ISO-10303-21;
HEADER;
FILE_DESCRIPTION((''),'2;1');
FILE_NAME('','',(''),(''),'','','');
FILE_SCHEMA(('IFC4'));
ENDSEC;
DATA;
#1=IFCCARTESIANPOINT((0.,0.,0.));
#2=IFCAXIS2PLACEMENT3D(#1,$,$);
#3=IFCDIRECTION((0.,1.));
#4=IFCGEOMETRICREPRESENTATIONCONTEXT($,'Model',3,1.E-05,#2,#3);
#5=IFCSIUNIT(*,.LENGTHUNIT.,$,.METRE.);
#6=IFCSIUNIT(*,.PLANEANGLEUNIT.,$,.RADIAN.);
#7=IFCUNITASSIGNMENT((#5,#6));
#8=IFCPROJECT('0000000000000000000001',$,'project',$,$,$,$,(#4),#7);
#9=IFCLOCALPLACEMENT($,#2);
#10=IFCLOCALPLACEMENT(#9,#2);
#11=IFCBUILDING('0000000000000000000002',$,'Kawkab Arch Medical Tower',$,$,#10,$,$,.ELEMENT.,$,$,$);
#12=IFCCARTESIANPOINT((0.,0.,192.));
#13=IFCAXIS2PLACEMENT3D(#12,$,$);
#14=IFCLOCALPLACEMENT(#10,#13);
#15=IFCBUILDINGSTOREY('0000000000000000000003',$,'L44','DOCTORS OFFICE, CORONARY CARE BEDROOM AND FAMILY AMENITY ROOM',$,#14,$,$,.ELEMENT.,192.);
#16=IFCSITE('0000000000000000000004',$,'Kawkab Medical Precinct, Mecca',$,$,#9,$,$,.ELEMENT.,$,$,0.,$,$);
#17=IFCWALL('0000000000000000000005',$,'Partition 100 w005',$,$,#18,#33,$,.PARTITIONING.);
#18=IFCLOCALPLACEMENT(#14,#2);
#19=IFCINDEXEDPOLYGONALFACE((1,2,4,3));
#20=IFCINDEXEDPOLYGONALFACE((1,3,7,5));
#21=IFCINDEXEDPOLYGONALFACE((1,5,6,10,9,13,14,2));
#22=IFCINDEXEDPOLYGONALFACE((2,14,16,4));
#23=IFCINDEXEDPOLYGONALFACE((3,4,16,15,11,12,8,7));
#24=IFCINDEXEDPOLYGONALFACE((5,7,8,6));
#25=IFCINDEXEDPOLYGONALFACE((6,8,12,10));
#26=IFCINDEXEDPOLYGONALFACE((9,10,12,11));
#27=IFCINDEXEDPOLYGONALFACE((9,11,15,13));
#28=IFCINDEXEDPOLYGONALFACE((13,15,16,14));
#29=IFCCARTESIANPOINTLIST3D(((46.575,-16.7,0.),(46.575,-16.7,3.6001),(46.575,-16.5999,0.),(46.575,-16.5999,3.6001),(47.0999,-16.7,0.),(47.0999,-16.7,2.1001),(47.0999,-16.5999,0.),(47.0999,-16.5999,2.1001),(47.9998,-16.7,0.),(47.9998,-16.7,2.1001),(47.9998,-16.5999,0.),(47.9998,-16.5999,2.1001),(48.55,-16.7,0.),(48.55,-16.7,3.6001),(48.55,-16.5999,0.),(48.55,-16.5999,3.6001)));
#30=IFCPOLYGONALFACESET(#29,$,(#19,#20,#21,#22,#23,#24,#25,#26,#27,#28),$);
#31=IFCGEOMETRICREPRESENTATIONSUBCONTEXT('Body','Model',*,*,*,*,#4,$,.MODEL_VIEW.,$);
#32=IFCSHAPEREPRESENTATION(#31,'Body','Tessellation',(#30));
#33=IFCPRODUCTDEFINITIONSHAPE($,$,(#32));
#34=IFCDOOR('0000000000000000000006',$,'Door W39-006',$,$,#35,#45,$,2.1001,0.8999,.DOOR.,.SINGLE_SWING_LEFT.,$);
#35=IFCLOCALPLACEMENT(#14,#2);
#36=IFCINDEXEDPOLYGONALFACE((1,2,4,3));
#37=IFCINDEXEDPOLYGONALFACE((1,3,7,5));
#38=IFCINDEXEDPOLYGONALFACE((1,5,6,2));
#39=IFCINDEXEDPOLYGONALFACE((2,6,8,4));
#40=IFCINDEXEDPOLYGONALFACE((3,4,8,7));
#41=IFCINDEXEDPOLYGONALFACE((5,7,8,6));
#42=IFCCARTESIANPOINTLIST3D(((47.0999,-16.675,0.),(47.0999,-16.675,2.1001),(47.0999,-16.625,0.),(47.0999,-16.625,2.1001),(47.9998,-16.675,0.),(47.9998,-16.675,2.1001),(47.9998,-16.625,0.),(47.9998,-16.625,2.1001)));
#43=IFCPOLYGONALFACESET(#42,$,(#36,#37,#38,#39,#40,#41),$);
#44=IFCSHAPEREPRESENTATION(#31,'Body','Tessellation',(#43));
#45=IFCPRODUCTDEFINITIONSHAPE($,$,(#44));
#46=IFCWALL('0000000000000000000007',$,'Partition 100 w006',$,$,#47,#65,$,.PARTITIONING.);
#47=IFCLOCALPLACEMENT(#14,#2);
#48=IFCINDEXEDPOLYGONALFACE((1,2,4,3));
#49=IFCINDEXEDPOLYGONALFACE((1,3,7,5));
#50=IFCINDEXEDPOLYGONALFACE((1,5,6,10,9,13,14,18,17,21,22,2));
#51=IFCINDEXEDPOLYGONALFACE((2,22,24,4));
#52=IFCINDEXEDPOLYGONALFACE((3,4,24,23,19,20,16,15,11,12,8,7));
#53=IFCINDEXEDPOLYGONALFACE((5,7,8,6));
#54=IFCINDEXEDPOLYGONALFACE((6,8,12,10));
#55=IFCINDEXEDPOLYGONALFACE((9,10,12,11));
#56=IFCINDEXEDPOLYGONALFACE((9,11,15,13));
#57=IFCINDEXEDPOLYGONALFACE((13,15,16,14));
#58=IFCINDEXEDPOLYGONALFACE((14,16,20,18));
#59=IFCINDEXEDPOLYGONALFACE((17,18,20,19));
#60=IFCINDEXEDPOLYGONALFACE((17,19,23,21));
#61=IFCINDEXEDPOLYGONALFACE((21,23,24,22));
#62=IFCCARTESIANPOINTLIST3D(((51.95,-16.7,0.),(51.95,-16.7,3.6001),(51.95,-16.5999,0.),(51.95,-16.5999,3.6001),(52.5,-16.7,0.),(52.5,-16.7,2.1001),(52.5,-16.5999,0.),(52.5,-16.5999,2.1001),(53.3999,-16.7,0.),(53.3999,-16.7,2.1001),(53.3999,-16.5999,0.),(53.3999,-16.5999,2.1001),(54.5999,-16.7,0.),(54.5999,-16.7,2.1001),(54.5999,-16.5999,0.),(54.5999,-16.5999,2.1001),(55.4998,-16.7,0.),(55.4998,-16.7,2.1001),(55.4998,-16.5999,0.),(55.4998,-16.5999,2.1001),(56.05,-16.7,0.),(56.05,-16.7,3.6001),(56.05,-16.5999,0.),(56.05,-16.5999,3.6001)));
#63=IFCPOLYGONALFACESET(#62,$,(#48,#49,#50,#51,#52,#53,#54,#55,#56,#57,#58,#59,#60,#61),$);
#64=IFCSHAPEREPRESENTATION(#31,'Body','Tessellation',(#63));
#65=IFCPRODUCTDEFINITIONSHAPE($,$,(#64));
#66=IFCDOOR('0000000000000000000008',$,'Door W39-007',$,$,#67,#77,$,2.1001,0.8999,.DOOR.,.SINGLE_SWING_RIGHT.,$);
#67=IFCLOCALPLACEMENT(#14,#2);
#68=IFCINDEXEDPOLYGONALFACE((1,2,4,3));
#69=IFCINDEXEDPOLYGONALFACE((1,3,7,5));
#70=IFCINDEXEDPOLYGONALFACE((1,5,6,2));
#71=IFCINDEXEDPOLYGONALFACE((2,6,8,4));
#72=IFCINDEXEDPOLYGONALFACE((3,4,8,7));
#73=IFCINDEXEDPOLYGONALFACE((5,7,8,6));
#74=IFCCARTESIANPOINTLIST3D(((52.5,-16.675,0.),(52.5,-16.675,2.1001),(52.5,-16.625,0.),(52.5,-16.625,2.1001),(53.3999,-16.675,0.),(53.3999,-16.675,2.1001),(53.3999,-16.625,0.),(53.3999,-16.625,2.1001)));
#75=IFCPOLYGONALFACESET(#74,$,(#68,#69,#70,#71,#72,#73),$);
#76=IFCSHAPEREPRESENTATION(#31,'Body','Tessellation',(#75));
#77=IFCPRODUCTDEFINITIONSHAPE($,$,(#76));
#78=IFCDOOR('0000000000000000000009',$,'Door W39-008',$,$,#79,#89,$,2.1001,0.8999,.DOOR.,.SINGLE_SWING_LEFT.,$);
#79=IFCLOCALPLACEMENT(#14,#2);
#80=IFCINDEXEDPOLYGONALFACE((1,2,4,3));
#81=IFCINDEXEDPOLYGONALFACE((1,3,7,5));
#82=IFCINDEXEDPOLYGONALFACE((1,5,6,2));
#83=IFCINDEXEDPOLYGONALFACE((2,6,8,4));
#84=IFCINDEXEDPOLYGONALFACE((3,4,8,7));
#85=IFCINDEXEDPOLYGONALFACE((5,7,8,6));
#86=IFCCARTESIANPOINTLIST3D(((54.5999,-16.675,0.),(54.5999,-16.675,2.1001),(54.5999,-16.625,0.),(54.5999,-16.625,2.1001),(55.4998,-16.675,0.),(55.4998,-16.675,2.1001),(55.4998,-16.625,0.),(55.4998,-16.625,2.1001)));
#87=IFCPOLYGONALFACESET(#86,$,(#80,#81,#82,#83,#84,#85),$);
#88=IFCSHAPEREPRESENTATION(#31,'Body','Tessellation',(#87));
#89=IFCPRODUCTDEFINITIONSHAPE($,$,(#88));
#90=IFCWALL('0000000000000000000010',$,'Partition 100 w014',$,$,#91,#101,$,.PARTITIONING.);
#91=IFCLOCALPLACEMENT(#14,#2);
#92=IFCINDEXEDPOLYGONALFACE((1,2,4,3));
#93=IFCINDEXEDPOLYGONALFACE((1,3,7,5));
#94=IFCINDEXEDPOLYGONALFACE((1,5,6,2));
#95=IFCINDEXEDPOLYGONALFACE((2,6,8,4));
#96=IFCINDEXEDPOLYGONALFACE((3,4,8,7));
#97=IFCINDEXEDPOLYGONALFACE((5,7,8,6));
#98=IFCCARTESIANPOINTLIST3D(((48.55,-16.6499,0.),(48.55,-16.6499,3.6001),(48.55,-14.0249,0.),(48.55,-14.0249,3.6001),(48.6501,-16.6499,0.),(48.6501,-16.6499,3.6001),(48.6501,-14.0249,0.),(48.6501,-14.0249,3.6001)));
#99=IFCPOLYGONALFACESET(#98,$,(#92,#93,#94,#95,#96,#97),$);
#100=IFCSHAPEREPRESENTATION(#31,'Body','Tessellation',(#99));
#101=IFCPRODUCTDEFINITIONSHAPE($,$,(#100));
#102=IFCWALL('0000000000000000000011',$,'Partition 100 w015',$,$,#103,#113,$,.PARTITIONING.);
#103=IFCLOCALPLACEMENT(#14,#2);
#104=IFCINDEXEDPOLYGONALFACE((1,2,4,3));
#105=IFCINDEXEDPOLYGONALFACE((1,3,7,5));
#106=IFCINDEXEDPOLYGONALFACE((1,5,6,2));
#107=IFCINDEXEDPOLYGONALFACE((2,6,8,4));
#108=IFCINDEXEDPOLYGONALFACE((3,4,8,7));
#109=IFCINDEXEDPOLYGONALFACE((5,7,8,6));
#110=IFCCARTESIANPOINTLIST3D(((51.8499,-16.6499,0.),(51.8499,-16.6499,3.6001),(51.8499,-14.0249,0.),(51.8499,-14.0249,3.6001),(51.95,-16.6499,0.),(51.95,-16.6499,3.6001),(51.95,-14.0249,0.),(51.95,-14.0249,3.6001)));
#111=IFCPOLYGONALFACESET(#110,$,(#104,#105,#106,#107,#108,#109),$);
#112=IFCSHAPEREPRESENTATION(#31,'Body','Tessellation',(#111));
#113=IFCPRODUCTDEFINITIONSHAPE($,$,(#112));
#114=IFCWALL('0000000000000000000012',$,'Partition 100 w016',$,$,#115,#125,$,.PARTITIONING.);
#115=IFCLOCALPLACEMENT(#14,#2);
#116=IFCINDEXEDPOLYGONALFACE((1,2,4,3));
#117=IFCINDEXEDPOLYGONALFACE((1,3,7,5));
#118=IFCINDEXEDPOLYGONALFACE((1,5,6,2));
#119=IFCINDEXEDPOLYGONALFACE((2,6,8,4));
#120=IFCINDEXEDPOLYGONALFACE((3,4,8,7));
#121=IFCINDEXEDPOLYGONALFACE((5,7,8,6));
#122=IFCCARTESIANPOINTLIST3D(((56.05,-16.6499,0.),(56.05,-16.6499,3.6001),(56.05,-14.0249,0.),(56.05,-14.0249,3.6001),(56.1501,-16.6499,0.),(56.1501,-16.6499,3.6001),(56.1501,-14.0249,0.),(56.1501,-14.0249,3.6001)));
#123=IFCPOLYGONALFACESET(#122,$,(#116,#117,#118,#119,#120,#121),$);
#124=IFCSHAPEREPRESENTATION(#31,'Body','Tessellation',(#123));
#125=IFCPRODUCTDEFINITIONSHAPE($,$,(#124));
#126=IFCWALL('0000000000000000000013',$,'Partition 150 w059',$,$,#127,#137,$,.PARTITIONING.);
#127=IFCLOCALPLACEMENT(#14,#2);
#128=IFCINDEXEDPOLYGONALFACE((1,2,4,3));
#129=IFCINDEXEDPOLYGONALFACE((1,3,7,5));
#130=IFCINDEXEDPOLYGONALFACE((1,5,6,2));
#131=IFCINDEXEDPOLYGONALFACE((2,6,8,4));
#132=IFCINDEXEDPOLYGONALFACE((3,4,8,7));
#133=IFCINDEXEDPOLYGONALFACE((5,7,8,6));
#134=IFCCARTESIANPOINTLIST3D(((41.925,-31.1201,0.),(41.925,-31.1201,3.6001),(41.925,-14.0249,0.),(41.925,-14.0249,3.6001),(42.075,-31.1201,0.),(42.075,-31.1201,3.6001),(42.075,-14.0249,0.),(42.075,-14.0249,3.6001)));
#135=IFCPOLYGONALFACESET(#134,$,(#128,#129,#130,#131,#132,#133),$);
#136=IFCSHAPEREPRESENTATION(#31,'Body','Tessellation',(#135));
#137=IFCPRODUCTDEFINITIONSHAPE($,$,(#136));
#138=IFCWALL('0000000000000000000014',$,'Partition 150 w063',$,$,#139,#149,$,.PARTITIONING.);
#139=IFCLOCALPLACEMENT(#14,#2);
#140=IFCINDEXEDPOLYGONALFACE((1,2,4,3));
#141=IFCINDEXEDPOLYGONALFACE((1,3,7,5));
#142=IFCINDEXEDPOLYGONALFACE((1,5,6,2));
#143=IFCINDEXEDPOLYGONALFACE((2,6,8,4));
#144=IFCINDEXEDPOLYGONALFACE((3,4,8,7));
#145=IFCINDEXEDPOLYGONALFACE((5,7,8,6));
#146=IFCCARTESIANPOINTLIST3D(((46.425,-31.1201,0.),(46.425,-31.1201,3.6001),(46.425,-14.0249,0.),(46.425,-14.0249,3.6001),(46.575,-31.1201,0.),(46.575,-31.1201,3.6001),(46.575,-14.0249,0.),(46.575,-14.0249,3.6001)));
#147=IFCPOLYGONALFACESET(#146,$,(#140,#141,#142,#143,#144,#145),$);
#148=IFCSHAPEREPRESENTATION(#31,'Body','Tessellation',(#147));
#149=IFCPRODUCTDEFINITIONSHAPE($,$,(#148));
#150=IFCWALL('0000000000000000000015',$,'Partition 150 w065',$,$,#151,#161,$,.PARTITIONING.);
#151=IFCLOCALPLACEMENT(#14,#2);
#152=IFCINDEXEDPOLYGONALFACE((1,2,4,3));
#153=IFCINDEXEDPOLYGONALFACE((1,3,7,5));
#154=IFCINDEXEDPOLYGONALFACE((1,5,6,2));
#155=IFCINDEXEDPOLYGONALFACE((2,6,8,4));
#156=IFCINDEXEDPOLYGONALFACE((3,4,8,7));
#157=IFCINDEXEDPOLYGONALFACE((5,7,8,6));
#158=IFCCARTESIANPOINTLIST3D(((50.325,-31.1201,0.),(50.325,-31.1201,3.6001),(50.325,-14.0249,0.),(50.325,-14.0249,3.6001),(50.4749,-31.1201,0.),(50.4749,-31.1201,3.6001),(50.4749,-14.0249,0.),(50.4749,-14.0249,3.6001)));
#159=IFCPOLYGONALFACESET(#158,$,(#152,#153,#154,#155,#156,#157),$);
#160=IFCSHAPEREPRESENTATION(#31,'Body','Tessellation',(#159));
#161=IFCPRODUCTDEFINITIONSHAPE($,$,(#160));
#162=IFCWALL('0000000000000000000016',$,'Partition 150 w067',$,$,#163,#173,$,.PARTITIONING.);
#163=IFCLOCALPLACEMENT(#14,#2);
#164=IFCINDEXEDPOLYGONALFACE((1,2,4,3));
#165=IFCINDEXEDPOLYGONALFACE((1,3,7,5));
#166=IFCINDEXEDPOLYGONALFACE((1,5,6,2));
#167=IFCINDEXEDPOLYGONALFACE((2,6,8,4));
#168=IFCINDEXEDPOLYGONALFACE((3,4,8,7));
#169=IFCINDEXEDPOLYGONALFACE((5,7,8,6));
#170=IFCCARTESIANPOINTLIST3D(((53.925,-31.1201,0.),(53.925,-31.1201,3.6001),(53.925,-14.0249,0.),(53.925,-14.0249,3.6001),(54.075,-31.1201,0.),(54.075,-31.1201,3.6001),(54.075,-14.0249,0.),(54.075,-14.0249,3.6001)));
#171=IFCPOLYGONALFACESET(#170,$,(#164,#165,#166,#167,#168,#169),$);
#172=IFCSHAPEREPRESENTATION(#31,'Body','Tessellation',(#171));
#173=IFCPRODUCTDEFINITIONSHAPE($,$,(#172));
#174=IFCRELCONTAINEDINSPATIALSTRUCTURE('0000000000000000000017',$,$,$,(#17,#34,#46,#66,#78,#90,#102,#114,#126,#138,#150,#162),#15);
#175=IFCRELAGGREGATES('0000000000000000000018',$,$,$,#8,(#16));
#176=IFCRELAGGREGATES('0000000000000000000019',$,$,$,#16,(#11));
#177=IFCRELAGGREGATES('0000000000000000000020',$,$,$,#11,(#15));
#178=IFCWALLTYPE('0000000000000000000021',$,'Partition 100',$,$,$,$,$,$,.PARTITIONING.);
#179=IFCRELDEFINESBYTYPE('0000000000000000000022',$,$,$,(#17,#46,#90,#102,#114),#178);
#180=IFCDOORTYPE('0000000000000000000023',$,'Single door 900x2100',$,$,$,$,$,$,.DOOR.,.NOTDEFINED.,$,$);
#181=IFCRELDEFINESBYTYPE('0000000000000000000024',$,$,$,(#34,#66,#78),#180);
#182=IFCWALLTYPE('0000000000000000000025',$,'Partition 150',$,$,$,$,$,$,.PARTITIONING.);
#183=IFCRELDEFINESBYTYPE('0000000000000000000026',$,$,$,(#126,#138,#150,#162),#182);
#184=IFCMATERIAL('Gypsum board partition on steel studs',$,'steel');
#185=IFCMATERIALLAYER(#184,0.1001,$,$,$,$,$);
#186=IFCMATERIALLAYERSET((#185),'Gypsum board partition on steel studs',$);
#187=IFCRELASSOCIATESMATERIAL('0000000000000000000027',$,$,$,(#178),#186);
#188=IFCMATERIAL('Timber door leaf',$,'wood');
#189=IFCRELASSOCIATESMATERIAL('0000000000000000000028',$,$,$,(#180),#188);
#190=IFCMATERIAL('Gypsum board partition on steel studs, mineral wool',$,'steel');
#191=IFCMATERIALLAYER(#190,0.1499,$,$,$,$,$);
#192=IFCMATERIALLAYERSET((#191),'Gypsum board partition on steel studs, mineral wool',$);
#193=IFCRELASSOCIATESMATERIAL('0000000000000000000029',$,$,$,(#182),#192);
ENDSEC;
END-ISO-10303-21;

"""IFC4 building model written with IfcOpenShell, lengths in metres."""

from ifc_helpers import new_model, si_unit, direction, frame, frame_2d, origin, place, context, subcontext, project, spatial, rectangle, extrude, material, layer, layer_set, type_object, element, fill, save


model = new_model("IFC4")

# Units and contexts
model_context = context("Model", 3, precision=1e-05, world=origin(), true_north=direction((0.0, 1.0)))
body_context = subcontext(model_context, "Body", "Model", "MODEL_VIEW")
ifc_project = project(units=[si_unit("LENGTHUNIT", "METRE"), si_unit("PLANEANGLEUNIT", "RADIAN")], contexts=[model_context])

# Site, building, storey
site_placement = place(None, origin())
site = spatial("IfcSite", under=ifc_project, at=site_placement, Name="Kawkab Medical Precinct, Mecca", CompositionType="ELEMENT", RefElevation=0.0)
building_placement = place(site_placement, origin())
building = spatial("IfcBuilding", under=site, at=building_placement, Name="Kawkab Arch Medical Tower", CompositionType="ELEMENT")
storey_placement = place(building_placement, frame((0.0, 0.0, 192.0)))
storey = spatial("IfcBuildingStorey", under=building, at=storey_placement, Name="L44", Description="DOCTORS OFFICE, CORONARY CARE BEDROOM AND FAMILY AMENITY ROOM", CompositionType="ELEMENT", Elevation=192.0)

# Wall, opening, door
ifc_material_1 = material(Name="Gypsum board partition on steel studs", Category="steel")
ifc_layer_1 = layer(ifc_material_1, 0.1001)
ifc_layer_set_1 = layer_set([ifc_layer_1], Name="Gypsum board partition on steel studs")
wall_type_1 = type_object("IfcWallType", Name="Partition 100", PredefinedType="PARTITIONING", material=ifc_layer_set_1)
wall_1_placement = place(storey_placement, frame((46.575, -16.6499, 0.0), z_axis=(0.0, 0.0, 1.0), x_axis=(1.0, 0.0, 0.0)))
wall_1 = element("IfcWall", 1, at=wall_1_placement, inside=storey, type_object=wall_type_1, Name="Partition 100 w005", PredefinedType="PARTITIONING", context=body_context, shape_type="SweptSolid", body=[
    extrude(rectangle(XDim=1.9751, YDim=0.1001, at=frame_2d((0.9875, 0.0))), origin(), (0.0, 0.0, 1.0), 3.6001),
])
opening_1_placement = place(wall_1_placement, frame((0.5249, 0.0, 0.0)))
opening_1 = element("IfcOpeningElement", 2, at=opening_1_placement, cuts=wall_1, PredefinedType="OPENING", context=body_context, shape_type="SweptSolid", body=[
    extrude(rectangle(XDim=0.8999, YDim=2.1001, at=frame_2d((0.45, 1.05))), frame((0.0, 0.0601, 0.0), z_axis=(0.0, -1.0, 0.0), x_axis=(1.0, 0.0, 0.0)), (0.0, 0.0, 1.0), 0.1201),
])
ifc_material_2 = material(Name="Timber door leaf", Category="wood")
door_type = type_object("IfcDoorType", Name="Single door 900x2100", OperationType="NOTDEFINED", PredefinedType="DOOR", material=ifc_material_2)
door_1_placement = place(opening_1_placement, origin())
door_1 = element("IfcDoor", 3, at=door_1_placement, inside=storey, type_object=door_type, Name="Door W39-006", OperationType="SINGLE_SWING_LEFT", OverallHeight=2.1001, OverallWidth=0.8999, PredefinedType="DOOR", context=body_context, shape_type="SweptSolid", body=[
    extrude(rectangle(XDim=0.8999, YDim=2.1001, at=frame_2d((0.45, 1.05))), frame((0.0, 0.0249, 0.0), z_axis=(0.0, -1.0, 0.0), x_axis=(1.0, 0.0, 0.0)), (0.0, 0.0, 1.0), 0.05),
])
fill(opening_1, door_1)

# Wall, openings, doors
wall_2_placement = place(storey_placement, frame((51.95, -16.6499, 0.0), z_axis=(0.0, 0.0, 1.0), x_axis=(1.0, 0.0, 0.0)))
wall_2 = element("IfcWall", 4, at=wall_2_placement, inside=storey, type_object=wall_type_1, Name="Partition 100 w006", PredefinedType="PARTITIONING", context=body_context, shape_type="SweptSolid", body=[
    extrude(rectangle(XDim=4.1001, YDim=0.1001, at=frame_2d((2.05, 0.0))), origin(), (0.0, 0.0, 1.0), 3.6001),
])
opening_2_placement = place(wall_2_placement, frame((0.55, 0.0, 0.0)))
opening_2 = element("IfcOpeningElement", 5, at=opening_2_placement, cuts=wall_2, PredefinedType="OPENING", context=body_context, shape_type="SweptSolid", body=[
    extrude(rectangle(XDim=0.8999, YDim=2.1001, at=frame_2d((0.45, 1.05))), frame((0.0, 0.0601, 0.0), z_axis=(0.0, -1.0, 0.0), x_axis=(1.0, 0.0, 0.0)), (0.0, 0.0, 1.0), 0.1201),
])
opening_3_placement = place(wall_2_placement, frame((2.6499, 0.0, 0.0)))
opening_3 = element("IfcOpeningElement", 6, at=opening_3_placement, cuts=wall_2, PredefinedType="OPENING", context=body_context, shape_type="SweptSolid", body=[
    extrude(rectangle(XDim=0.8999, YDim=2.1001, at=frame_2d((0.45, 1.05))), frame((0.0, 0.0601, 0.0), z_axis=(0.0, -1.0, 0.0), x_axis=(1.0, 0.0, 0.0)), (0.0, 0.0, 1.0), 0.1201),
])
door_2_placement = place(opening_2_placement, origin())
door_2 = element("IfcDoor", 7, at=door_2_placement, inside=storey, type_object=door_type, Name="Door W39-007", OperationType="SINGLE_SWING_RIGHT", OverallHeight=2.1001, OverallWidth=0.8999, PredefinedType="DOOR", context=body_context, shape_type="SweptSolid", body=[
    extrude(rectangle(XDim=0.8999, YDim=2.1001, at=frame_2d((0.45, 1.05))), frame((0.0, 0.0249, 0.0), z_axis=(0.0, -1.0, 0.0), x_axis=(1.0, 0.0, 0.0)), (0.0, 0.0, 1.0), 0.05),
])
fill(opening_2, door_2)
door_3_placement = place(opening_3_placement, origin())
door_3 = element("IfcDoor", 8, at=door_3_placement, inside=storey, type_object=door_type, Name="Door W39-008", OperationType="SINGLE_SWING_LEFT", OverallHeight=2.1001, OverallWidth=0.8999, PredefinedType="DOOR", context=body_context, shape_type="SweptSolid", body=[
    extrude(rectangle(XDim=0.8999, YDim=2.1001, at=frame_2d((0.45, 1.05))), frame((0.0, 0.0249, 0.0), z_axis=(0.0, -1.0, 0.0), x_axis=(1.0, 0.0, 0.0)), (0.0, 0.0, 1.0), 0.05),
])
fill(opening_3, door_3)

# Walls
for number, where, z_axis, x_axis, name in (
    (9, (48.6001, -16.6499, 0.0), (0.0, 0.0, 1.0), (0.0, 1.0, 0.0), "Partition 100 w014"),
    (10, (51.8999, -16.6499, 0.0), (0.0, 0.0, 1.0), (0.0, 1.0, 0.0), "Partition 100 w015"),
    (11, (56.1001, -16.6499, 0.0), (0.0, 0.0, 1.0), (0.0, 1.0, 0.0), "Partition 100 w016"),
):
    element("IfcWall", number, at=place(storey_placement, frame(where, z_axis=z_axis, x_axis=x_axis)), inside=storey, type_object=wall_type_1, Name=name, PredefinedType="PARTITIONING", context=body_context, shape_type="SweptSolid", body=[
        extrude(rectangle(XDim=2.625, YDim=0.1001, at=frame_2d((1.3125, 0.0))), origin(), (0.0, 0.0, 1.0), 3.6001),
    ])
ifc_material_3 = material(Name="Gypsum board partition on steel studs, mineral wool", Category="steel")
ifc_layer_2 = layer(ifc_material_3, 0.1499)
ifc_layer_set_2 = layer_set([ifc_layer_2], Name="Gypsum board partition on steel studs, mineral wool")
wall_type_2 = type_object("IfcWallType", Name="Partition 150", PredefinedType="PARTITIONING", material=ifc_layer_set_2)
for number, where, z_axis, x_axis, name in (
    (12, (42.0, -31.1201, 0.0), (0.0, 0.0, 1.0), (0.0, 1.0, 0.0), "Partition 150 w059"),
    (13, (46.5, -31.1201, 0.0), (0.0, 0.0, 1.0), (0.0, 1.0, 0.0), "Partition 150 w063"),
    (14, (50.3999, -31.1201, 0.0), (0.0, 0.0, 1.0), (0.0, 1.0, 0.0), "Partition 150 w065"),
    (15, (54.0, -31.1201, 0.0), (0.0, 0.0, 1.0), (0.0, 1.0, 0.0), "Partition 150 w067"),
):
    element("IfcWall", number, at=place(storey_placement, frame(where, z_axis=z_axis, x_axis=x_axis)), inside=storey, type_object=wall_type_2, Name=name, PredefinedType="PARTITIONING", context=body_context, shape_type="SweptSolid", body=[
        extrude(rectangle(XDim=17.0952, YDim=0.1499, at=frame_2d((8.5476, 0.0))), origin(), (0.0, 0.0, 1.0), 3.6001),
    ])

save(model, "model.ifc")
